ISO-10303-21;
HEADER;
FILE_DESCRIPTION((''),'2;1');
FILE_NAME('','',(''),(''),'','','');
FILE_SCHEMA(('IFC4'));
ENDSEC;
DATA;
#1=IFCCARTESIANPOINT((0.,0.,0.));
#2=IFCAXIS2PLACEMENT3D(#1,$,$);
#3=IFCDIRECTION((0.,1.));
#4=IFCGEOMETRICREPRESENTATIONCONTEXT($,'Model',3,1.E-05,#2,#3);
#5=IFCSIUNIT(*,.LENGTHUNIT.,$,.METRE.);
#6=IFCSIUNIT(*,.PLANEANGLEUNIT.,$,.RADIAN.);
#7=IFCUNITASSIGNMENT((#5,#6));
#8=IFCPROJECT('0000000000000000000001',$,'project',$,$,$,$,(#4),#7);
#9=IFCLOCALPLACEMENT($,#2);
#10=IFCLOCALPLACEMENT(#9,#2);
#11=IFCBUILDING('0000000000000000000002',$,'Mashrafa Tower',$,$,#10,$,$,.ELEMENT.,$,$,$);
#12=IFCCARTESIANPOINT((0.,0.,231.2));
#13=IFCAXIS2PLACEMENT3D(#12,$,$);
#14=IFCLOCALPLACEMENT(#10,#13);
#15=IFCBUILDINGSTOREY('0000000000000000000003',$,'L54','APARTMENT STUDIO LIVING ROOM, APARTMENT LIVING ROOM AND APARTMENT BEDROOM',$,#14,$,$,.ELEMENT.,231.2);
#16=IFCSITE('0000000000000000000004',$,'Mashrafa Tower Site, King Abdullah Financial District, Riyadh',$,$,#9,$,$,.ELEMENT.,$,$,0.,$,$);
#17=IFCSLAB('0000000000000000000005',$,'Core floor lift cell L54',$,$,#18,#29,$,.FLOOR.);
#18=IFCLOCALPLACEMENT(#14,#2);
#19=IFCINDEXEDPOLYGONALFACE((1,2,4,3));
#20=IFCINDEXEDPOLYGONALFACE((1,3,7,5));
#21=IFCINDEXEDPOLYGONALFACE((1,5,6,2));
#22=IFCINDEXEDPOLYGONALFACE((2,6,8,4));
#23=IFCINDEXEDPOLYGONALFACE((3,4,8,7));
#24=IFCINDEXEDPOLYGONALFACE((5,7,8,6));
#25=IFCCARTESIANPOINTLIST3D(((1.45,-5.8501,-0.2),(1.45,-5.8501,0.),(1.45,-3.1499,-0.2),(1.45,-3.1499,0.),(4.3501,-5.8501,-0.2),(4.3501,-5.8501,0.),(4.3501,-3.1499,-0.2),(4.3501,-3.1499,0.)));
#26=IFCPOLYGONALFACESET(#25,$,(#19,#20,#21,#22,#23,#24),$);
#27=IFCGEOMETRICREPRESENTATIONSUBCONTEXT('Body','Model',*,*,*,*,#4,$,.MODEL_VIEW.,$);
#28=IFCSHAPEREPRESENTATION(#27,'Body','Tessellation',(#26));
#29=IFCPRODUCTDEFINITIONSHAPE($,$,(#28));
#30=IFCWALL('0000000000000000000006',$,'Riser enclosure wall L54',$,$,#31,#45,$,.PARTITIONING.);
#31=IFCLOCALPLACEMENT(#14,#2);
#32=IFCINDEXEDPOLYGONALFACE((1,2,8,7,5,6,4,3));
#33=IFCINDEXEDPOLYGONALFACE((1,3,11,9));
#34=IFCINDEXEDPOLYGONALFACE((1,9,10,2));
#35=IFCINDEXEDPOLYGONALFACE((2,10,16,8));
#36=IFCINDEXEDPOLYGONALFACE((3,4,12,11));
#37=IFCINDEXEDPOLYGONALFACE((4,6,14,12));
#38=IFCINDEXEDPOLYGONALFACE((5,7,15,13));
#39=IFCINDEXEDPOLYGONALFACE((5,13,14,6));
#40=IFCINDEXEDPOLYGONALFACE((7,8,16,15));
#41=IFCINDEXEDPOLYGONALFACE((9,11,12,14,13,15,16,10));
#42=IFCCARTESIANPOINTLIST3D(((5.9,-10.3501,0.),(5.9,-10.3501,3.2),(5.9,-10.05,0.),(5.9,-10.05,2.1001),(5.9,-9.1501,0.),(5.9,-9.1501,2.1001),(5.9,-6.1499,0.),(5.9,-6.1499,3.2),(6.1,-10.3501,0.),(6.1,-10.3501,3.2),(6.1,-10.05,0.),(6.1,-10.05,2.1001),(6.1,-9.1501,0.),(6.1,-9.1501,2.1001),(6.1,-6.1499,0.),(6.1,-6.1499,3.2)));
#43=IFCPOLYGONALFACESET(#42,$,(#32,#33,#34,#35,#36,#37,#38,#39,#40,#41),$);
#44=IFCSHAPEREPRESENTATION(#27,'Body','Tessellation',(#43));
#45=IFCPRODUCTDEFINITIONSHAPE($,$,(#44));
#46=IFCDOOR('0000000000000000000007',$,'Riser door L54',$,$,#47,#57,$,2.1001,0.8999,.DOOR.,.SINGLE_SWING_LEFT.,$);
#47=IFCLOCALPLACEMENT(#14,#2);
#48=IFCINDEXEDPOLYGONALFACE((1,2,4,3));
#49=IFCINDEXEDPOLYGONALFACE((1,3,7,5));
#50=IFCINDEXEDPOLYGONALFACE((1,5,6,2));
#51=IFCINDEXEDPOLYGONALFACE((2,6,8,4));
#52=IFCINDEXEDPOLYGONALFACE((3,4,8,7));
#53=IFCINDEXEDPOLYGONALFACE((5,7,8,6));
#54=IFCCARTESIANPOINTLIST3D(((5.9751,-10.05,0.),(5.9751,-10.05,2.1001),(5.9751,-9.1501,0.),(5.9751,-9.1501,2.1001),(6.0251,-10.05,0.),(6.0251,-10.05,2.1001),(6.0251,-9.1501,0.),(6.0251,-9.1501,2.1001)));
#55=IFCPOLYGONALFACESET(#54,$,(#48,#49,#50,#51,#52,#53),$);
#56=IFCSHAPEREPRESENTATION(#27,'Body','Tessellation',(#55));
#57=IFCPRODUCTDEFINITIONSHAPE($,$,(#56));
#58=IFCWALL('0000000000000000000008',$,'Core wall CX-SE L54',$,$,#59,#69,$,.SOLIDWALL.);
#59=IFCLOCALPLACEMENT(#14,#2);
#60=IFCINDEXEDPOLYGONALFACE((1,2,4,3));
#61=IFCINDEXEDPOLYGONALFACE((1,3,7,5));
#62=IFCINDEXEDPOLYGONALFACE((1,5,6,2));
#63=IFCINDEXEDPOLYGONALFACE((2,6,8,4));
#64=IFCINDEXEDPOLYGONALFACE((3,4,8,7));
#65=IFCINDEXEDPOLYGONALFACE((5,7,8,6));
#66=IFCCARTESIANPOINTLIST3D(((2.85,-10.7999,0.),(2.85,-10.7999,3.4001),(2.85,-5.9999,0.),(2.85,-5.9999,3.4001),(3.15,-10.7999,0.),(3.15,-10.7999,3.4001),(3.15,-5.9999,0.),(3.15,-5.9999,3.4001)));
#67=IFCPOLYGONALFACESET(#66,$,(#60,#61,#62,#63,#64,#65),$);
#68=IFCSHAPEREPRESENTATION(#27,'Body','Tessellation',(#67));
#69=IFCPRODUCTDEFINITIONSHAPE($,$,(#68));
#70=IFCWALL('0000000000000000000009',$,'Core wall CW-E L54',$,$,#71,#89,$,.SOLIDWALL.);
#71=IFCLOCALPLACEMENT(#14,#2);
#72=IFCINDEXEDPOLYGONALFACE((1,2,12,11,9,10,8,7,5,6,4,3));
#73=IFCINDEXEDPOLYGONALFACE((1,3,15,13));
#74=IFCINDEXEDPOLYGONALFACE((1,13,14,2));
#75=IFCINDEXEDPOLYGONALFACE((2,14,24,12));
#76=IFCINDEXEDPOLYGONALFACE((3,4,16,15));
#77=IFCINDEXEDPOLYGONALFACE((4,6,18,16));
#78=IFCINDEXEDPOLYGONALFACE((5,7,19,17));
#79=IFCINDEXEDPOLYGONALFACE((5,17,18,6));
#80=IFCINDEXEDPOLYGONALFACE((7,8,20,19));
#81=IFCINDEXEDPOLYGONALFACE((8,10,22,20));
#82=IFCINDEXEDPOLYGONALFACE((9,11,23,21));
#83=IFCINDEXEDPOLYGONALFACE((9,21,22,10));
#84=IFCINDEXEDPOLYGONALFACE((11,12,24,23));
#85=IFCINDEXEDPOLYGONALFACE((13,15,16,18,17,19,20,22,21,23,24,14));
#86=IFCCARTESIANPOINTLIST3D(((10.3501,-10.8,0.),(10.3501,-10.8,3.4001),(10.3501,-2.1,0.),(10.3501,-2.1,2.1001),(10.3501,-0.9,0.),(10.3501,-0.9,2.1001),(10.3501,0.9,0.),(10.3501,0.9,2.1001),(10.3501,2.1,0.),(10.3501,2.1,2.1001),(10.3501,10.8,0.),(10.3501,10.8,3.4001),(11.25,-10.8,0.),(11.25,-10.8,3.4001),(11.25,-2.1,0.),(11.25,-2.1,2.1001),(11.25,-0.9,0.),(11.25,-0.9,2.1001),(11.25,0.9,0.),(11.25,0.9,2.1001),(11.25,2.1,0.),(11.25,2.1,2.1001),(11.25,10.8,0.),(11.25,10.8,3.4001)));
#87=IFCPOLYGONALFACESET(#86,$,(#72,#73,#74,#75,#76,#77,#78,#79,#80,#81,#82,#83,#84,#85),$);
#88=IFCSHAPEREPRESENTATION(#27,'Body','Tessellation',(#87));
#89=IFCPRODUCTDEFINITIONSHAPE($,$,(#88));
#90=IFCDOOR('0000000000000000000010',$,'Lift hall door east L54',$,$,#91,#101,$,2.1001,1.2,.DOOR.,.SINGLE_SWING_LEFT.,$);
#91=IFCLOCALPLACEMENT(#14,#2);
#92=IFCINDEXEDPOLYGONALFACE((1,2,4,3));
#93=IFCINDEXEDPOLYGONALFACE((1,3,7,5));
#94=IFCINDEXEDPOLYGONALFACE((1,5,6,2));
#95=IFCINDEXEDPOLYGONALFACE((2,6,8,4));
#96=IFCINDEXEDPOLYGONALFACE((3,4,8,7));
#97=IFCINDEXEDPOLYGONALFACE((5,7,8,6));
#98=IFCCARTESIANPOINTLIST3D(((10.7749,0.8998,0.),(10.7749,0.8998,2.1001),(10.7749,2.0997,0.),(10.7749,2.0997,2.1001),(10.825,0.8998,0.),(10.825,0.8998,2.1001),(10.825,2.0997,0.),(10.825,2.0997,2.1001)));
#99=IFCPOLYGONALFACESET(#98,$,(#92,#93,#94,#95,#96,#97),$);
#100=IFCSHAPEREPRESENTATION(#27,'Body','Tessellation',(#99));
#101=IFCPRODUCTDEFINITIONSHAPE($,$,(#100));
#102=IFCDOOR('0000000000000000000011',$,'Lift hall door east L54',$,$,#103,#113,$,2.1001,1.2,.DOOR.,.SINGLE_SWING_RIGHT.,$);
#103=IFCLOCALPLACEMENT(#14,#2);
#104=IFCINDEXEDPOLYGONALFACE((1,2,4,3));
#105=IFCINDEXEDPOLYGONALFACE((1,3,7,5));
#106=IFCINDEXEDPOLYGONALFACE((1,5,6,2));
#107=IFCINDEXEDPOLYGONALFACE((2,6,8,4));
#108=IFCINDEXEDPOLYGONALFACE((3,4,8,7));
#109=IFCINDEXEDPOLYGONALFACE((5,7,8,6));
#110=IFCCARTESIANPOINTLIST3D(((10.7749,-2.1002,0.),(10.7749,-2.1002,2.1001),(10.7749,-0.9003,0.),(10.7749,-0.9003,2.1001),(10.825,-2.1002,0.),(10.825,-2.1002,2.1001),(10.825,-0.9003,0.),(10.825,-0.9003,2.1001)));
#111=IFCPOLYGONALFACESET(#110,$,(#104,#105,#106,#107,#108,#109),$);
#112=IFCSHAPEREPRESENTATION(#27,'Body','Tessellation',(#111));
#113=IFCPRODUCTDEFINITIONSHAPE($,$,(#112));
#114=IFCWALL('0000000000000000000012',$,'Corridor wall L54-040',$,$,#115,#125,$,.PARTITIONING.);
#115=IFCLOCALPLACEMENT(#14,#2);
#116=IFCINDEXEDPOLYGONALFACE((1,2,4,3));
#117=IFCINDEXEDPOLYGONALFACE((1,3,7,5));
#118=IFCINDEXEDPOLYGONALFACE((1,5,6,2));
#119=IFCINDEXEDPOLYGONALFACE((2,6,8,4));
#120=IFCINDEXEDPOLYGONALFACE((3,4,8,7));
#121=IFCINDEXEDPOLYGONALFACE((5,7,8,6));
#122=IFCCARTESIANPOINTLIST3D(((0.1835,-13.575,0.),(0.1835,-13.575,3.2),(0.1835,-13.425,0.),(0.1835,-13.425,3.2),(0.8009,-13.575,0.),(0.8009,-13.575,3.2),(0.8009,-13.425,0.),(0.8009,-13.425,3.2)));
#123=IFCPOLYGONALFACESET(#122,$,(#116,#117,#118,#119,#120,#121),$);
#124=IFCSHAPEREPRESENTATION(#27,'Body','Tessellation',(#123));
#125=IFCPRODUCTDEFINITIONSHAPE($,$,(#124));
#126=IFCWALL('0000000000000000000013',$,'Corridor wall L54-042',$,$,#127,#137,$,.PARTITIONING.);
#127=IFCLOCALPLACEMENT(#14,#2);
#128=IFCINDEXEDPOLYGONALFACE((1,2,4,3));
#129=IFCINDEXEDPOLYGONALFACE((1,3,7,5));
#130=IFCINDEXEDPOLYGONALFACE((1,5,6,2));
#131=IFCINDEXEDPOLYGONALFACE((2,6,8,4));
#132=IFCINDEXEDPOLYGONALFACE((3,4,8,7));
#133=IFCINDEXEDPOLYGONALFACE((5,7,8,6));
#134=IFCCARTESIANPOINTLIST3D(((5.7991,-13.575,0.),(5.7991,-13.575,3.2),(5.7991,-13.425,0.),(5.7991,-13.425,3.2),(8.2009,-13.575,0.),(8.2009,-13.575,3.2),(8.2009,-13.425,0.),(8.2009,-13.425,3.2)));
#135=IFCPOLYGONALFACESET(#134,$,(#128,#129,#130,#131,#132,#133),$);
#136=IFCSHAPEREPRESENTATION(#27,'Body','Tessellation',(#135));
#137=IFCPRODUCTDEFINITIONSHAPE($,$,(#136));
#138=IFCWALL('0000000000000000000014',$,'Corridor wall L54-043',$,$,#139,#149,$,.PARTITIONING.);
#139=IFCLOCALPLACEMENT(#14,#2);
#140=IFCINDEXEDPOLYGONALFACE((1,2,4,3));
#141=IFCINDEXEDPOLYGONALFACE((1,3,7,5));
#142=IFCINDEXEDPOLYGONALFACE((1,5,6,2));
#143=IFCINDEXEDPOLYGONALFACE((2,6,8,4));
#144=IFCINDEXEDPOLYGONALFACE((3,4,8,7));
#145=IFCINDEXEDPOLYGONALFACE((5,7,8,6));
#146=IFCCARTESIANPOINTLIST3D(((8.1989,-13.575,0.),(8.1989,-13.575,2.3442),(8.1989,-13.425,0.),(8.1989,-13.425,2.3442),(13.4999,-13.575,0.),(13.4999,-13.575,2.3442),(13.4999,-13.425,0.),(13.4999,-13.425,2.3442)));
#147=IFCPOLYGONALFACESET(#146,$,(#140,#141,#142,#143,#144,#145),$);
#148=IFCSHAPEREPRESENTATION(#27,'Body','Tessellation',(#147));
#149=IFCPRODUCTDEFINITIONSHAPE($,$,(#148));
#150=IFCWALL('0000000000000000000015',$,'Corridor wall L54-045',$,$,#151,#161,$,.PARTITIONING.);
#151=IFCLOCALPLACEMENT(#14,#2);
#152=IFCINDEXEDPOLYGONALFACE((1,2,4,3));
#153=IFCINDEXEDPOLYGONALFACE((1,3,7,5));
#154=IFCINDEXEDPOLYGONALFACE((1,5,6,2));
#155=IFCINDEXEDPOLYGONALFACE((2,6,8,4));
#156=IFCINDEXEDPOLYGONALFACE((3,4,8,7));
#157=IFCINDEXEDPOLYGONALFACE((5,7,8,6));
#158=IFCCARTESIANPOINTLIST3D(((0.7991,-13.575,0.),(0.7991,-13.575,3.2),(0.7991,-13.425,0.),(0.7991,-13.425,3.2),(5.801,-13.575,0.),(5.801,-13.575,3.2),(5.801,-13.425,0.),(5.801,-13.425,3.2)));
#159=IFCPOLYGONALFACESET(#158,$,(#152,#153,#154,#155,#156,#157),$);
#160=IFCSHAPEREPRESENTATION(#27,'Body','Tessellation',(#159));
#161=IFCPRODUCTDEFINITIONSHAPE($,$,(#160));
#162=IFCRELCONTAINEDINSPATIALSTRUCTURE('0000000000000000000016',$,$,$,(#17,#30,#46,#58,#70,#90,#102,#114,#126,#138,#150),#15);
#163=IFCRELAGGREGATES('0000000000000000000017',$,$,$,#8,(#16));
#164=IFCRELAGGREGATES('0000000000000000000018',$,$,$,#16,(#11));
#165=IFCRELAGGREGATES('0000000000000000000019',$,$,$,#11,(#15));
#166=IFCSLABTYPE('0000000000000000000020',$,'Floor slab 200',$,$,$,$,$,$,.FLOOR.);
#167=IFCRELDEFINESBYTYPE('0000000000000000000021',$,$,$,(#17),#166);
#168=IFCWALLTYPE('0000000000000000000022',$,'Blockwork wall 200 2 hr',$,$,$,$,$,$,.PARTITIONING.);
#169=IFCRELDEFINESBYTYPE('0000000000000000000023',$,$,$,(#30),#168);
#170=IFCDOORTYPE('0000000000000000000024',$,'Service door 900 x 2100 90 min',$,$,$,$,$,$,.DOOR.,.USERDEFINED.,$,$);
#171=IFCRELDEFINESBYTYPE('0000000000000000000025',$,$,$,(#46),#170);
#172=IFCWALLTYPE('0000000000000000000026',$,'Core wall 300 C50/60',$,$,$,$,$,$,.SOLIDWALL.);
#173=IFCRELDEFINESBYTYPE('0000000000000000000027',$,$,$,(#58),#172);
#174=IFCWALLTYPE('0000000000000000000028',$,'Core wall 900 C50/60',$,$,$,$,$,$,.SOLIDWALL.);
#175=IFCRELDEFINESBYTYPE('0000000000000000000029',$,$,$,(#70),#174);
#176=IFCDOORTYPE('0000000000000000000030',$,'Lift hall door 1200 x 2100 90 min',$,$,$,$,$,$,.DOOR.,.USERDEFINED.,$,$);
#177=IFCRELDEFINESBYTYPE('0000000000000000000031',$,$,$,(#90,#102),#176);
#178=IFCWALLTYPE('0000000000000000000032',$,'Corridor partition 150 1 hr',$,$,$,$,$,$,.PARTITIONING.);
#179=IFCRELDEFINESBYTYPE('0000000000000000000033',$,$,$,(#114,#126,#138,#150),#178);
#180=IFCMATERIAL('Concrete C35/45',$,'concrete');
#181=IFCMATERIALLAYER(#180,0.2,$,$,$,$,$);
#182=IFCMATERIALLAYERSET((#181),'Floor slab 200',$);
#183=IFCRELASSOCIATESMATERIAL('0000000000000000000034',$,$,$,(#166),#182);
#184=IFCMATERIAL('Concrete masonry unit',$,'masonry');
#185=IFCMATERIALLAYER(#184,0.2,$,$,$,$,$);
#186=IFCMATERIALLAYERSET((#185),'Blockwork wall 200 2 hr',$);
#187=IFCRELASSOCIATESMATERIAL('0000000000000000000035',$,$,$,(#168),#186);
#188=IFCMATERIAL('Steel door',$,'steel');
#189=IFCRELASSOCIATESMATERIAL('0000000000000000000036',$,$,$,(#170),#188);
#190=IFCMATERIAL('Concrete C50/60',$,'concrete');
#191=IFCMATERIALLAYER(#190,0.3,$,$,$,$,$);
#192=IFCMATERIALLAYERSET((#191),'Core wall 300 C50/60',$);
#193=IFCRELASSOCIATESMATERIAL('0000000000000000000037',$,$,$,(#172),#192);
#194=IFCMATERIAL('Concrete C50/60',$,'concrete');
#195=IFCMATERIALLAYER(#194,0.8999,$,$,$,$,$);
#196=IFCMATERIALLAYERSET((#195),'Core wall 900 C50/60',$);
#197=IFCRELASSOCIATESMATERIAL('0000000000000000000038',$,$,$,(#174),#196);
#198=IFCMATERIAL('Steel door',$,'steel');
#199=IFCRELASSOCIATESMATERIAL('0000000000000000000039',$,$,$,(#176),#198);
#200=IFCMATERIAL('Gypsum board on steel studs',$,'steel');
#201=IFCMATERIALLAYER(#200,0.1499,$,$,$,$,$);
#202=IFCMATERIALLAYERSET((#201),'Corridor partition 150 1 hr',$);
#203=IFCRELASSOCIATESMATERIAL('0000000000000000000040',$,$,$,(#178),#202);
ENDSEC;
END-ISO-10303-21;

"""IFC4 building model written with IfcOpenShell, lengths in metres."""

from ifc_helpers import new_model, si_unit, direction, frame, frame_2d, origin, place, context, subcontext, project, spatial, polyline, rectangle, outline, extrude, material, layer, layer_set, type_object, element, fill, save


model = new_model("IFC4")

# Units and contexts
model_context = context("Model", 3, precision=1e-05, world=origin(), true_north=direction((0.0, 1.0)))
body_context = subcontext(model_context, "Body", "Model", "MODEL_VIEW")
ifc_project = project(units=[si_unit("LENGTHUNIT", "METRE"), si_unit("PLANEANGLEUNIT", "RADIAN")], contexts=[model_context])

# Site, building, storey
site_placement = place(None, origin())
site = spatial("IfcSite", under=ifc_project, at=site_placement, Name="Mashrafa Tower Site, King Abdullah Financial District, Riyadh", CompositionType="ELEMENT", RefElevation=0.0)
building_placement = place(site_placement, origin())
building = spatial("IfcBuilding", under=site, at=building_placement, Name="Mashrafa Tower", CompositionType="ELEMENT")
storey_placement = place(building_placement, frame((0.0, 0.0, 231.2)))
storey = spatial("IfcBuildingStorey", under=building, at=storey_placement, Name="L54", Description="APARTMENT STUDIO LIVING ROOM, APARTMENT LIVING ROOM AND APARTMENT BEDROOM", CompositionType="ELEMENT", Elevation=231.2)

# Slab
ifc_material_1 = material(Name="Concrete C35/45", Category="concrete")
ifc_layer_1 = layer(ifc_material_1, 0.2)
ifc_layer_set_1 = layer_set([ifc_layer_1], Name="Floor slab 200")
slab_type = type_object("IfcSlabType", Name="Floor slab 200", PredefinedType="FLOOR", material=ifc_layer_set_1)
slab_placement = place(storey_placement, frame((0.0, 0.0, -0.2)))
element("IfcSlab", 1, at=slab_placement, inside=storey, type_object=slab_type, Name="Core floor lift cell L54", PredefinedType="FLOOR", context=body_context, shape_type="SweptSolid", body=[
    extrude(outline(polyline([(4.3501, -3.1499), (4.3501, -5.8501), (1.45, -5.8501), (1.45, -3.1499), (4.3501, -3.1499)])), origin(), (0.0, 0.0, 1.0), 0.2),
])

# Wall, opening, door
ifc_material_2 = material(Name="Concrete masonry unit", Category="masonry")
ifc_layer_2 = layer(ifc_material_2, 0.2)
ifc_layer_set_2 = layer_set([ifc_layer_2], Name="Blockwork wall 200 2 hr")
wall_type_1 = type_object("IfcWallType", Name="Blockwork wall 200 2 hr", PredefinedType="PARTITIONING", material=ifc_layer_set_2)
wall_1_placement = place(storey_placement, frame((6.0, -10.3501, 0.0), z_axis=(0.0, 0.0, 1.0), x_axis=(0.0, 1.0, 0.0)))
wall_1 = element("IfcWall", 2, at=wall_1_placement, inside=storey, type_object=wall_type_1, Name="Riser enclosure wall L54", PredefinedType="PARTITIONING", context=body_context, shape_type="SweptSolid", body=[
    extrude(rectangle(XDim=4.2002, YDim=0.2, at=frame_2d((2.1001, 0.0))), origin(), (0.0, 0.0, 1.0), 3.2),
])
opening_1_placement = place(wall_1_placement, frame((0.3, 0.0, 0.0)))
opening_1 = element("IfcOpeningElement", 3, at=opening_1_placement, cuts=wall_1, PredefinedType="OPENING", context=body_context, shape_type="SweptSolid", body=[
    extrude(rectangle(XDim=0.8999, YDim=2.1001, at=frame_2d((0.45, 1.05))), frame((0.0, 0.1099, 0.0), z_axis=(0.0, -1.0, 0.0), x_axis=(1.0, 0.0, 0.0)), (0.0, 0.0, 1.0), 0.22),
])
ifc_material_3 = material(Name="Steel door", Category="steel")
door_type_1 = type_object("IfcDoorType", Name="Service door 900 x 2100 90 min", OperationType="USERDEFINED", PredefinedType="DOOR", material=ifc_material_3)
door_1_placement = place(opening_1_placement, origin())
door_1 = element("IfcDoor", 4, at=door_1_placement, inside=storey, type_object=door_type_1, Name="Riser door L54", OperationType="SINGLE_SWING_LEFT", OverallHeight=2.1001, OverallWidth=0.8999, PredefinedType="DOOR", context=body_context, shape_type="SweptSolid", body=[
    extrude(rectangle(XDim=0.8999, YDim=2.1001, at=frame_2d((0.45, 1.05))), frame((0.0, 0.0249, 0.0), z_axis=(0.0, -1.0, 0.0), x_axis=(1.0, 0.0, 0.0)), (0.0, 0.0, 1.0), 0.05),
])
fill(opening_1, door_1)

# Wall
ifc_material_4 = material(Name="Concrete C50/60", Category="concrete")
ifc_layer_3 = layer(ifc_material_4, 0.3)
ifc_layer_set_3 = layer_set([ifc_layer_3], Name="Core wall 300 C50/60")
wall_type_2 = type_object("IfcWallType", Name="Core wall 300 C50/60", PredefinedType="SOLIDWALL", material=ifc_layer_set_3)
wall_2_placement = place(storey_placement, frame((3.0, -6.0, 0.0), z_axis=(0.0, 0.0, 1.0), x_axis=(0.0, -1.0, 0.0)))
element("IfcWall", 5, at=wall_2_placement, inside=storey, type_object=wall_type_2, Name="Core wall CX-SE L54", PredefinedType="SOLIDWALL", context=body_context, shape_type="SweptSolid", body=[
    extrude(rectangle(XDim=4.8, YDim=0.3, at=frame_2d((2.3999, 0.0))), origin(), (0.0, 0.0, 1.0), 3.4001),
])

# Wall, openings, doors
ifc_material_5 = material(Name="Concrete C50/60", Category="concrete")
ifc_layer_4 = layer(ifc_material_5, 0.8999)
ifc_layer_set_4 = layer_set([ifc_layer_4], Name="Core wall 900 C50/60")
wall_type_3 = type_object("IfcWallType", Name="Core wall 900 C50/60", PredefinedType="SOLIDWALL", material=ifc_layer_set_4)
wall_3_placement = place(storey_placement, frame((10.8, -10.8, 0.0), z_axis=(0.0, 0.0, 1.0), x_axis=(0.0, 1.0, 0.0)))
wall_3 = element("IfcWall", 6, at=wall_3_placement, inside=storey, type_object=wall_type_3, Name="Core wall CW-E L54", PredefinedType="SOLIDWALL", context=body_context, shape_type="SweptSolid", body=[
    extrude(rectangle(XDim=21.6001, YDim=0.8999, at=frame_2d((10.8, 0.0))), origin(), (0.0, 0.0, 1.0), 3.4001),
])
opening_2_placement = place(wall_3_placement, frame((11.7, 0.0, 0.0)))
opening_2 = element("IfcOpeningElement", 7, at=opening_2_placement, cuts=wall_3, PredefinedType="OPENING", context=body_context, shape_type="SweptSolid", body=[
    extrude(rectangle(XDim=1.2, YDim=2.1001, at=frame_2d((0.6001, 1.05))), frame((0.0, 0.46, 0.0), z_axis=(0.0, -1.0, 0.0), x_axis=(1.0, 0.0, 0.0)), (0.0, 0.0, 1.0), 0.9199),
])
opening_3_placement = place(wall_3_placement, frame((8.7, 0.0, 0.0)))
opening_3 = element("IfcOpeningElement", 8, at=opening_3_placement, cuts=wall_3, PredefinedType="OPENING", context=body_context, shape_type="SweptSolid", body=[
    extrude(rectangle(XDim=1.2, YDim=2.1001, at=frame_2d((0.6001, 1.05))), frame((0.0, 0.46, 0.0), z_axis=(0.0, -1.0, 0.0), x_axis=(1.0, 0.0, 0.0)), (0.0, 0.0, 1.0), 0.9199),
])
ifc_material_6 = material(Name="Steel door", Category="steel")
door_type_2 = type_object("IfcDoorType", Name="Lift hall door 1200 x 2100 90 min", OperationType="USERDEFINED", PredefinedType="DOOR", material=ifc_material_6)
door_2_placement = place(opening_2_placement, frame((1.2, 0.0, 0.0), z_axis=(0.0, 0.0, 1.0), x_axis=(-1.0, 0.0, 0.0)))
door_2 = element("IfcDoor", 9, at=door_2_placement, inside=storey, type_object=door_type_2, Name="Lift hall door east L54", OperationType="SINGLE_SWING_LEFT", OverallHeight=2.1001, OverallWidth=1.2, PredefinedType="DOOR", context=body_context, shape_type="SweptSolid", body=[
    extrude(rectangle(XDim=1.2, YDim=2.1001, at=frame_2d((0.6001, 1.05))), frame((0.0, 0.0249, 0.0), z_axis=(0.0, -1.0, 0.0), x_axis=(1.0, 0.0, 0.0)), (0.0, 0.0, 1.0), 0.05),
])
fill(opening_2, door_2)
door_3_placement = place(opening_3_placement, frame((1.2, 0.0, 0.0), z_axis=(0.0, 0.0, 1.0), x_axis=(-1.0, 0.0, 0.0)))
door_3 = element("IfcDoor", 10, at=door_3_placement, inside=storey, type_object=door_type_2, Name="Lift hall door east L54", OperationType="SINGLE_SWING_RIGHT", OverallHeight=2.1001, OverallWidth=1.2, PredefinedType="DOOR", context=body_context, shape_type="SweptSolid", body=[
    extrude(rectangle(XDim=1.2, YDim=2.1001, at=frame_2d((0.6001, 1.05))), frame((0.0, 0.0249, 0.0), z_axis=(0.0, -1.0, 0.0), x_axis=(1.0, 0.0, 0.0)), (0.0, 0.0, 1.0), 0.05),
])
fill(opening_3, door_3)

# Walls
ifc_material_7 = material(Name="Gypsum board on steel studs", Category="steel")
ifc_layer_5 = layer(ifc_material_7, 0.1499)
ifc_layer_set_5 = layer_set([ifc_layer_5], Name="Corridor partition 150 1 hr")
wall_type_4 = type_object("IfcWallType", Name="Corridor partition 150 1 hr", PredefinedType="PARTITIONING", material=ifc_layer_set_5)
wall_4_placement = place(storey_placement, frame((0.1836, -13.5, 0.0), z_axis=(0.0, 0.0, 1.0), x_axis=(1.0, 0.0, 0.0)))
element("IfcWall", 11, at=wall_4_placement, inside=storey, type_object=wall_type_4, Name="Corridor wall L54-040", PredefinedType="PARTITIONING", context=body_context, shape_type="SweptSolid", body=[
    extrude(rectangle(XDim=0.6174, YDim=0.1499, at=frame_2d((0.3086, 0.0))), origin(), (0.0, 0.0, 1.0), 3.2),
])
wall_5_placement = place(storey_placement, frame((5.7991, -13.5, 0.0), z_axis=(0.0, 0.0, 1.0), x_axis=(1.0, 0.0, 0.0)))
element("IfcWall", 12, at=wall_5_placement, inside=storey, type_object=wall_type_4, Name="Corridor wall L54-042", PredefinedType="PARTITIONING", context=body_context, shape_type="SweptSolid", body=[
    extrude(rectangle(XDim=2.4019, YDim=0.1499, at=frame_2d((1.2009, 0.0))), origin(), (0.0, 0.0, 1.0), 3.2),
])
wall_6_placement = place(storey_placement, frame((8.199, -13.5, 0.0), z_axis=(0.0, 0.0, 1.0), x_axis=(1.0, 0.0, 0.0)))
element("IfcWall", 13, at=wall_6_placement, inside=storey, type_object=wall_type_4, Name="Corridor wall L54-043", PredefinedType="PARTITIONING", context=body_context, shape_type="SweptSolid", body=[
    extrude(rectangle(XDim=5.301, YDim=0.1499, at=frame_2d((2.6504, 0.0))), origin(), (0.0, 0.0, 1.0), 2.3442),
])
wall_7_placement = place(storey_placement, frame((0.7991, -13.5, 0.0), z_axis=(0.0, 0.0, 1.0), x_axis=(1.0, 0.0, 0.0)))
element("IfcWall", 14, at=wall_7_placement, inside=storey, type_object=wall_type_4, Name="Corridor wall L54-045", PredefinedType="PARTITIONING", context=body_context, shape_type="SweptSolid", body=[
    extrude(rectangle(XDim=5.002, YDim=0.1499, at=frame_2d((2.501, 0.0))), origin(), (0.0, 0.0, 1.0), 3.2),
])

save(model, "model.ifc")
